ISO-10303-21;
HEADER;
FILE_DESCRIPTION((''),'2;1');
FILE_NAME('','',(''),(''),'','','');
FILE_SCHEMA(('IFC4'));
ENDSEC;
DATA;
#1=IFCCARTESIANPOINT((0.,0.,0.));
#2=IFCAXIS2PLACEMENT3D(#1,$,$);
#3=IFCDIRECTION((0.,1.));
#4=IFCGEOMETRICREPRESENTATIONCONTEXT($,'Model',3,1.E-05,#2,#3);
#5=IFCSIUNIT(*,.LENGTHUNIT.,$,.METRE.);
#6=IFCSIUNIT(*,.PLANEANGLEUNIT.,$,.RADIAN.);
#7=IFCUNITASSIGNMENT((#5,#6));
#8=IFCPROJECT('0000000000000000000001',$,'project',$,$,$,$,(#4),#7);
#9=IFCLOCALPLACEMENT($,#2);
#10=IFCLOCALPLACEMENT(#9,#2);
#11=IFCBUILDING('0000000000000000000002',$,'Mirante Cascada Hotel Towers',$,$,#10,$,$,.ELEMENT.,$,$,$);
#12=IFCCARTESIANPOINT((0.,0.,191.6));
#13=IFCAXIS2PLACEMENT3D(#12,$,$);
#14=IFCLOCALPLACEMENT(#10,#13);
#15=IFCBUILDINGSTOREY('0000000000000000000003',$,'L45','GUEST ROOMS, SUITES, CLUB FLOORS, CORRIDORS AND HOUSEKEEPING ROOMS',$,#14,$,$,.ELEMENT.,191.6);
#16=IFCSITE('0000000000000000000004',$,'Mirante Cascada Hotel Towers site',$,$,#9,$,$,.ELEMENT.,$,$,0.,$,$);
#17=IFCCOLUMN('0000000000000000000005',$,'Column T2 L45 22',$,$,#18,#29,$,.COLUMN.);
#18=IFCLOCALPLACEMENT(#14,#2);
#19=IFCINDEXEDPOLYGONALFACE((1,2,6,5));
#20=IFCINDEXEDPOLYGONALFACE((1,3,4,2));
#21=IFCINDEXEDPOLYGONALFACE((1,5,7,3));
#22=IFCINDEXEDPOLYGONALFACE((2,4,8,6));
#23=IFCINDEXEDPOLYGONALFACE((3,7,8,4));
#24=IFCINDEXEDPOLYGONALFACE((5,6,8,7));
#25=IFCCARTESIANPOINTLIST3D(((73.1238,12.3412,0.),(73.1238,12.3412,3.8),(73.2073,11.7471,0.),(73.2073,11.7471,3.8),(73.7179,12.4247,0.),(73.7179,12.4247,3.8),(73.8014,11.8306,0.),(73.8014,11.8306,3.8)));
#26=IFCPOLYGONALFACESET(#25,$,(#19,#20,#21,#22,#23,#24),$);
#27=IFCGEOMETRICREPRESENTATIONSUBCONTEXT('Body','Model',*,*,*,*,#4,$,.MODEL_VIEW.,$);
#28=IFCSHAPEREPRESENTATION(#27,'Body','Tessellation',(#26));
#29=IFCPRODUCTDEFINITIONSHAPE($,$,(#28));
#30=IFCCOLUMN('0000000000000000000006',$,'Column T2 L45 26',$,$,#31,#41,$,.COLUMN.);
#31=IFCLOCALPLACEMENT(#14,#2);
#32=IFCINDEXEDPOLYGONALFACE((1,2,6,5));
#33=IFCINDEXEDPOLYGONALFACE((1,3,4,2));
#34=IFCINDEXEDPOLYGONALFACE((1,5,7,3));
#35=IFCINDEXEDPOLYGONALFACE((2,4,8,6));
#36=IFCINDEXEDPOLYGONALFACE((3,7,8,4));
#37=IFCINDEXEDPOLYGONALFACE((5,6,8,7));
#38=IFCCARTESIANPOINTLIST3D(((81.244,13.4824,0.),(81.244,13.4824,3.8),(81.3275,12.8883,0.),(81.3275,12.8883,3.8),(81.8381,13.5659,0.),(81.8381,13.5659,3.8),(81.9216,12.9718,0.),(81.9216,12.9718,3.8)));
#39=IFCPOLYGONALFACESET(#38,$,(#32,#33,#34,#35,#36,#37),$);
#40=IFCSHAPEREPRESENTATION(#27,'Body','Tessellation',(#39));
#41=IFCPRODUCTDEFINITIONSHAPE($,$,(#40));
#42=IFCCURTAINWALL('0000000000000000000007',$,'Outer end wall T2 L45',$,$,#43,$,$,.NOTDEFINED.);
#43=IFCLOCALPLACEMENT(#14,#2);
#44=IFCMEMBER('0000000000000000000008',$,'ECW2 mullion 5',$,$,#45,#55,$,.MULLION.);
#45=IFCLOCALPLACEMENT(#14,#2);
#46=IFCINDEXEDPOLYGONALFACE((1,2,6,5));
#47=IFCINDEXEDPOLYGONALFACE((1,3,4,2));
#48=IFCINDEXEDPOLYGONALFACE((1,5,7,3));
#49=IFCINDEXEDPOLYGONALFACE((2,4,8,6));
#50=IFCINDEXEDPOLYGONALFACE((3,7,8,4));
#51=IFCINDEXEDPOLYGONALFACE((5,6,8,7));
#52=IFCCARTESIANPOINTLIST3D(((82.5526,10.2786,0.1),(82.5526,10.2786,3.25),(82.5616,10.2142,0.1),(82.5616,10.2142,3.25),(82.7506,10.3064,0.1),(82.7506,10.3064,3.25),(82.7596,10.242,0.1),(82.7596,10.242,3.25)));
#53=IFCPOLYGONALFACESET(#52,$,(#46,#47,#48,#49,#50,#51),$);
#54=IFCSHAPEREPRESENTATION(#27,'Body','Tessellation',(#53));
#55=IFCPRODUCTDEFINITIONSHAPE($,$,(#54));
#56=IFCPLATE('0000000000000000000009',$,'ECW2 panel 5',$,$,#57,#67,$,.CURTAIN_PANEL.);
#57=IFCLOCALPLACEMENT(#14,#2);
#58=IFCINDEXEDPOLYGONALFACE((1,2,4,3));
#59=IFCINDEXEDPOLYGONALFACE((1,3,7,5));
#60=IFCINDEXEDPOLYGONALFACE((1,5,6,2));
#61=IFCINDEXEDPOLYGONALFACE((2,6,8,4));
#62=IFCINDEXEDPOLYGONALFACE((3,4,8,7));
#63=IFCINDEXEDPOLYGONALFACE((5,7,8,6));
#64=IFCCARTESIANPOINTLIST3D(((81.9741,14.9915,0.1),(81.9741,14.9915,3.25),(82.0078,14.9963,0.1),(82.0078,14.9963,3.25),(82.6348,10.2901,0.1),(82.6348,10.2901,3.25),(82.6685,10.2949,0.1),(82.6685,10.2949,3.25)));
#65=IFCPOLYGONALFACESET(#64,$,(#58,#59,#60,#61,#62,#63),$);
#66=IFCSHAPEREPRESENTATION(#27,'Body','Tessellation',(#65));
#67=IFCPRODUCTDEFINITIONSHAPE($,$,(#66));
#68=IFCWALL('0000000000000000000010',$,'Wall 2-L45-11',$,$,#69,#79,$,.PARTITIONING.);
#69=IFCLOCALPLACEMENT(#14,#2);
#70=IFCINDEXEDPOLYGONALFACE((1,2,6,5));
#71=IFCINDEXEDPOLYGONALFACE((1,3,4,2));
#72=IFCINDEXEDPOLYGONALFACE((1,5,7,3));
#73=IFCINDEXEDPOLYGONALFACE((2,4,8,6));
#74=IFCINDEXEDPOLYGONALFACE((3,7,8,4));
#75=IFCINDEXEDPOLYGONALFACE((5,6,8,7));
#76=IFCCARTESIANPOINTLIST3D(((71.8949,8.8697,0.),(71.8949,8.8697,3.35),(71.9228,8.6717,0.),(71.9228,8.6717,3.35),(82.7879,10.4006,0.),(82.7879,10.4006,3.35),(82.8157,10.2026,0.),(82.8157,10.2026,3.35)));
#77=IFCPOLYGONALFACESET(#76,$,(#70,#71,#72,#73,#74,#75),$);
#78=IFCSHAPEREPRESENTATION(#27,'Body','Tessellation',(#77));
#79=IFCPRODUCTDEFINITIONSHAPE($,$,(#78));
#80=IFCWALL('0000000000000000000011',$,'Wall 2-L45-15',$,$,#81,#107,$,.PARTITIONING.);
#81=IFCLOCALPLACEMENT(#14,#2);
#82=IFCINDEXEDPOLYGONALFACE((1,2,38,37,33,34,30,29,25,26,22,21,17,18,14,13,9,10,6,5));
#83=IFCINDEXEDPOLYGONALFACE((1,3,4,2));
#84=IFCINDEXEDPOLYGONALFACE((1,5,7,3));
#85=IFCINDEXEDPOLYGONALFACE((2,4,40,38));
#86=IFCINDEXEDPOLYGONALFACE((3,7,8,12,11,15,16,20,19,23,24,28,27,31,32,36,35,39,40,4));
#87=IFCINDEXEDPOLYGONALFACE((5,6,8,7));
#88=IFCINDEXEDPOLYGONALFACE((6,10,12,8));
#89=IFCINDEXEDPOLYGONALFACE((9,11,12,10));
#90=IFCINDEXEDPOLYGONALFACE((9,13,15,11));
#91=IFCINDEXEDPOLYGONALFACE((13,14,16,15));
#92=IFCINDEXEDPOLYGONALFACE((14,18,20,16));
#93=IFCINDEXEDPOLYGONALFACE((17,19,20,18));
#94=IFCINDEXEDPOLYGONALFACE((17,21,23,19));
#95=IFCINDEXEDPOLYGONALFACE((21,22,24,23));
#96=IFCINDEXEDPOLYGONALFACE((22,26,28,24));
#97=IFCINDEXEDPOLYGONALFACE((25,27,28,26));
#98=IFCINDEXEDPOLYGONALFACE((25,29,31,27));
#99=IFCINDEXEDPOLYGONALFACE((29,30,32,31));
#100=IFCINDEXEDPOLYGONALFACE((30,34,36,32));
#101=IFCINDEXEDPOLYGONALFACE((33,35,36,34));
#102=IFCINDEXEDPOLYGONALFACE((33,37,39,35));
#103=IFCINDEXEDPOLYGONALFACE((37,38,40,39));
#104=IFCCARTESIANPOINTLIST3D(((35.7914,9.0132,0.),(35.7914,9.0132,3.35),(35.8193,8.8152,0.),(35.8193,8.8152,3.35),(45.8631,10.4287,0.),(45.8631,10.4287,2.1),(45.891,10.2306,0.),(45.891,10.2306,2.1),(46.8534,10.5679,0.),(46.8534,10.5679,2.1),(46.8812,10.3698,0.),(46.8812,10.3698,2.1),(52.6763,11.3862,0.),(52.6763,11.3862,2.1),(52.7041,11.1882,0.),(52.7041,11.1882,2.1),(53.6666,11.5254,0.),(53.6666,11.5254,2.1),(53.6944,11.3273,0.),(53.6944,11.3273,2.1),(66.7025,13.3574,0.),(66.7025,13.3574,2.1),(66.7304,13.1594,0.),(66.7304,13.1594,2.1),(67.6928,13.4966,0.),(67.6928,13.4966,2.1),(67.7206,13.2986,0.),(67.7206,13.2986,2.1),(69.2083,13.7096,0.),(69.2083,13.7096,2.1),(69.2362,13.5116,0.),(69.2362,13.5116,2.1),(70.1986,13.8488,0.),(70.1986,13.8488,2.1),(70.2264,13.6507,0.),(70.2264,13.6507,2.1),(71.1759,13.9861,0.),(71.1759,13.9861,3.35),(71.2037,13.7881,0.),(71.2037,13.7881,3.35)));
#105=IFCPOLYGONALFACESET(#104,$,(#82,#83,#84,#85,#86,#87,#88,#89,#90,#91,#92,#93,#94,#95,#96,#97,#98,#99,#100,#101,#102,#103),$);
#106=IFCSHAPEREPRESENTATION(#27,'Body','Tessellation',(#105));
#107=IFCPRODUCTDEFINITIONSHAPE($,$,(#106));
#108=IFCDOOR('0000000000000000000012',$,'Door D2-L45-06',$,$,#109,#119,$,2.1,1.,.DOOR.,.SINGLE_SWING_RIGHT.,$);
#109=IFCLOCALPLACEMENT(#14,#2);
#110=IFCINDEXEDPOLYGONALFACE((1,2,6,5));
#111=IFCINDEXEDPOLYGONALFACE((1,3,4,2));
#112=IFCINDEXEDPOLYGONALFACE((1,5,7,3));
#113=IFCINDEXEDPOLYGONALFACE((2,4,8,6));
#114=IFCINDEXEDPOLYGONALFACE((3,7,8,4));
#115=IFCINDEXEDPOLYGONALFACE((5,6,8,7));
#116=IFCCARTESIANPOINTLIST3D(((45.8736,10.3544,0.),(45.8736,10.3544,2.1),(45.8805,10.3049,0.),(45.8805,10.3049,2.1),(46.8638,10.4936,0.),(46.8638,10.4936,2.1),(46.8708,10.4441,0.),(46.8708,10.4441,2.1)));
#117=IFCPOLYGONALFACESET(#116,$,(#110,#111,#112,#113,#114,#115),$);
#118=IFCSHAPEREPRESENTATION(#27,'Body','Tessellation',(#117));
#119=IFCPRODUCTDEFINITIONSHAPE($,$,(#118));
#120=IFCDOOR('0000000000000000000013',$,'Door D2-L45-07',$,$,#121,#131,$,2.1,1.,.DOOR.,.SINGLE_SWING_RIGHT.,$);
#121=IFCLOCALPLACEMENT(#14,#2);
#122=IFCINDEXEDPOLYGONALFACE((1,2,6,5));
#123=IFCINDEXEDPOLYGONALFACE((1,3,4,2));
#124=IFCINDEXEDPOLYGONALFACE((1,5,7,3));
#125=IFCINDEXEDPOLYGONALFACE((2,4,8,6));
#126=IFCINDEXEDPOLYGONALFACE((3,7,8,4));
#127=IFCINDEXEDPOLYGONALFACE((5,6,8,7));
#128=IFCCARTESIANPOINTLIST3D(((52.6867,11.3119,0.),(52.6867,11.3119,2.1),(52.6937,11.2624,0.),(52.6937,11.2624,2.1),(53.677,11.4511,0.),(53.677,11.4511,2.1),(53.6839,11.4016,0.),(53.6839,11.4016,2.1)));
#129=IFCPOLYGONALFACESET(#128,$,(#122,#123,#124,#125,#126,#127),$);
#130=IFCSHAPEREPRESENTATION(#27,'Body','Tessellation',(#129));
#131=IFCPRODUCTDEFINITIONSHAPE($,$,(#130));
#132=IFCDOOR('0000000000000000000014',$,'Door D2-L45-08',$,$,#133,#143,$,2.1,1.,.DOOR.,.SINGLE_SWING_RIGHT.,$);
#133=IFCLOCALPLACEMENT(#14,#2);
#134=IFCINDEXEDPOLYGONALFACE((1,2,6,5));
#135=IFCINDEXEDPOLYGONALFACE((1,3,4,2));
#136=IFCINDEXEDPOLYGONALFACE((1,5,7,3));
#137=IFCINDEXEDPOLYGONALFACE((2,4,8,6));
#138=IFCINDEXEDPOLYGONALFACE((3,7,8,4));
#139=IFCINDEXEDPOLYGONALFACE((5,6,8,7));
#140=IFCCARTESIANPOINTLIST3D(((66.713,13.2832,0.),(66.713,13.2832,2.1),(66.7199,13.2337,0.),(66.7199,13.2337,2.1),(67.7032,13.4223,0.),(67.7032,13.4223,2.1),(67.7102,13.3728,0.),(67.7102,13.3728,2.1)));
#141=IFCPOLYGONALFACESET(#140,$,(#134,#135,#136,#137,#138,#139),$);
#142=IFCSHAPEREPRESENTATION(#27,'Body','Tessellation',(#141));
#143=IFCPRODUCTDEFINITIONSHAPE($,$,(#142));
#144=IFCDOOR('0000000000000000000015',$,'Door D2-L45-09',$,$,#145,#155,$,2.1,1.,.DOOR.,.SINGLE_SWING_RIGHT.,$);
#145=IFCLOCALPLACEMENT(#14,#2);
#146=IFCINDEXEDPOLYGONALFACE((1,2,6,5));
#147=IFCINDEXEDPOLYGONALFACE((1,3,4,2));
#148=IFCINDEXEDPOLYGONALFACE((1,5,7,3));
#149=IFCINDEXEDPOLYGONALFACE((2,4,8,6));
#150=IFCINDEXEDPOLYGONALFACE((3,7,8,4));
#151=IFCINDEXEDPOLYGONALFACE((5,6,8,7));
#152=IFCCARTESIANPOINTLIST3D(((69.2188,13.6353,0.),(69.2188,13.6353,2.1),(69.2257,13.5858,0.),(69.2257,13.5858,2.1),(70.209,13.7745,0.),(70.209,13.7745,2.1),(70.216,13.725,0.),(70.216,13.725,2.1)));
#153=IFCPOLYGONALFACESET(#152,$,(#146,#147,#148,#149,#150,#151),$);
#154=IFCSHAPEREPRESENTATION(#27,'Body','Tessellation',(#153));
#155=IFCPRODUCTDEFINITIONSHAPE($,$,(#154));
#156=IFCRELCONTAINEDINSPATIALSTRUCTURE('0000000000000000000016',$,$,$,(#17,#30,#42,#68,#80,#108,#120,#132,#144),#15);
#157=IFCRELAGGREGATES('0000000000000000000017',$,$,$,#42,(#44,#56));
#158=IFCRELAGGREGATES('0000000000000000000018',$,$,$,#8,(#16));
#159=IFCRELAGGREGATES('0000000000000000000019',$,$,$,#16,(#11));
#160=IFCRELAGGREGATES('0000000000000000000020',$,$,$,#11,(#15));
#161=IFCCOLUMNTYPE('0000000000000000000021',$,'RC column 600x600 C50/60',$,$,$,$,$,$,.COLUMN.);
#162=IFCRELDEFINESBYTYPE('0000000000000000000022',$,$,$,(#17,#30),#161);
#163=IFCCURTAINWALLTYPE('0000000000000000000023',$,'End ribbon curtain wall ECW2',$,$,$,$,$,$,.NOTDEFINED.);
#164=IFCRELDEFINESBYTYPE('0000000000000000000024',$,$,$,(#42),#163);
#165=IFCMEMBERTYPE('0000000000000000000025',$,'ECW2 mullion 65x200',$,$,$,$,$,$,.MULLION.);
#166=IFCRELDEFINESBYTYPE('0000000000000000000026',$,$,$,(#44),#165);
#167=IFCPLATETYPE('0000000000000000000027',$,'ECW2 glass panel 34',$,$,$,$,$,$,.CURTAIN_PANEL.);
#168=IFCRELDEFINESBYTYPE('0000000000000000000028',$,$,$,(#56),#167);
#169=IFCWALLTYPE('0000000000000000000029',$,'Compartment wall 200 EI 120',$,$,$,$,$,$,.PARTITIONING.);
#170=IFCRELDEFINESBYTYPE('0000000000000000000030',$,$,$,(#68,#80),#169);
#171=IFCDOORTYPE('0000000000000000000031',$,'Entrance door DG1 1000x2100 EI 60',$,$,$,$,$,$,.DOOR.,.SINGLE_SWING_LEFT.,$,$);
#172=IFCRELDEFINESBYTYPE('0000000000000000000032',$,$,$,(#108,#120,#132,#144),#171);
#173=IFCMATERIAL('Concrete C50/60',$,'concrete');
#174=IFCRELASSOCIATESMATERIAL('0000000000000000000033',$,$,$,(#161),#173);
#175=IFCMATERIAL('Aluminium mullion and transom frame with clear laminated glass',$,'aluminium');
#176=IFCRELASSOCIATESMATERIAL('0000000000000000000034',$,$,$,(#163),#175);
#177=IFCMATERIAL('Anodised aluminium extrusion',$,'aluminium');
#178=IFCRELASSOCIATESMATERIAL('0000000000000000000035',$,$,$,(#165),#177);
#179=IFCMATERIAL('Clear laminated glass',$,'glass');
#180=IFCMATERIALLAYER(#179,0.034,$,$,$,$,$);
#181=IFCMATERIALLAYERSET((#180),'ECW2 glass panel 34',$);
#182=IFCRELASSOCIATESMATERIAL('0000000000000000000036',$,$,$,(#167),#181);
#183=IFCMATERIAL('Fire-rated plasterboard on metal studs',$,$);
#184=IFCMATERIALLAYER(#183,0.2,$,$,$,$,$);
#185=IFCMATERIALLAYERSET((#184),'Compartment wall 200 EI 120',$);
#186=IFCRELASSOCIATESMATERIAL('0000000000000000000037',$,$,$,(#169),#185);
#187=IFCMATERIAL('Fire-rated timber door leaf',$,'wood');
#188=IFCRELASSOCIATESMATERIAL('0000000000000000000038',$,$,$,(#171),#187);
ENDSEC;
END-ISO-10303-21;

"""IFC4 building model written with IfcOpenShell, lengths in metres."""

from ifc_helpers import new_model, si_unit, direction, frame, frame_2d, origin, origin_2d, place, context, subcontext, project, spatial, rectangle, extrude, material, layer, layer_set, material_profile, profile_set, type_object, element, fill, aggregate, save


model = new_model("IFC4")

# Units and contexts
model_context = context("Model", 3, precision=1e-05, world=origin(), true_north=direction((0.0, 1.0)))
body_context = subcontext(model_context, "Body", "Model", "MODEL_VIEW")
ifc_project = project(units=[si_unit("LENGTHUNIT", "METRE"), si_unit("PLANEANGLEUNIT", "RADIAN")], contexts=[model_context])

# Site, building, storey
site_placement = place(None, origin())
site = spatial("IfcSite", under=ifc_project, at=site_placement, Name="Mirante Cascada Hotel Towers site", CompositionType="ELEMENT", RefElevation=0.0)
building_placement = place(site_placement, origin())
building = spatial("IfcBuilding", under=site, at=building_placement, Name="Mirante Cascada Hotel Towers", CompositionType="ELEMENT")
storey_placement = place(building_placement, frame((0.0, 0.0, 191.6)))
storey = spatial("IfcBuildingStorey", under=building, at=storey_placement, Name="L45", Description="GUEST ROOMS, SUITES, CLUB FLOORS, CORRIDORS AND HOUSEKEEPING ROOMS", CompositionType="ELEMENT", Elevation=191.6)

# Columns
ifc_material_1 = material(Name="Concrete C50/60", Category="concrete")
ifc_material_profile_1 = material_profile(ifc_material_1, rectangle(XDim=0.6, YDim=0.6, at=origin_2d()), Name="RC column 600x600 C50/60")
ifc_profile_set_1 = profile_set([ifc_material_profile_1], Name="Concrete C50/60")
column_type = type_object("IfcColumnType", Name="RC column 600x600 C50/60", PredefinedType="COLUMN", material=ifc_profile_set_1)
for number, where, z_axis, x_axis, name in (
    (1, (73.4626, 12.0859, 0.0), (0.0, 0.0, 1.0), (0.990268, 0.139173, 0.0), "Column T2 L45 22"),
    (2, (81.5828, 13.2271, 0.0), (0.0, 0.0, 1.0), (0.990268, 0.139173, 0.0), "Column T2 L45 26"),
):
    element("IfcColumn", number, at=place(storey_placement, frame(where, z_axis=z_axis, x_axis=x_axis)), inside=storey, type_object=column_type, Name=name, PredefinedType="COLUMN", context=body_context, shape_type="SweptSolid", body=[
        extrude(rectangle(XDim=0.6, YDim=0.6, at=origin_2d()), origin(), (0.0, 0.0, 1.0), 3.8),
    ])

# Curtain wall, member, plate
ifc_material_2 = material(Name="Aluminium mullion and transom frame with clear laminated glass", Category="aluminium")
curtain_wall_type = type_object("IfcCurtainWallType", Name="End ribbon curtain wall ECW2", PredefinedType="NOTDEFINED", material=ifc_material_2)
curtain_wall_placement = place(storey_placement, origin())
curtain_wall = element("IfcCurtainWall", 3, at=curtain_wall_placement, inside=storey, type_object=curtain_wall_type, Name="Outer end wall T2 L45", PredefinedType="NOTDEFINED")
ifc_material_3 = material(Name="Anodised aluminium extrusion", Category="aluminium")
ifc_material_profile_2 = material_profile(ifc_material_3, rectangle(XDim=0.2, YDim=0.065, at=origin_2d()), Name="ECW2 MULLION 65x200")
ifc_profile_set_2 = profile_set([ifc_material_profile_2], Name="Anodised aluminium extrusion")
member_type = type_object("IfcMemberType", Name="ECW2 mullion 65x200", PredefinedType="MULLION", material=ifc_profile_set_2)
member_placement = place(storey_placement, frame((82.6561, 10.2603, 0.1), z_axis=(0.0, 0.0, 1.0), x_axis=(-0.990268, -0.139173, 0.0)))
member = element("IfcMember", 4, at=member_placement, type_object=member_type, Name="ECW2 mullion 5", PredefinedType="MULLION", context=body_context, shape_type="SweptSolid", body=[
    extrude(rectangle(XDim=0.2, YDim=0.065, at=origin_2d()), origin(), (0.0, 0.0, 1.0), 3.15),
])
ifc_material_4 = material(Name="Clear laminated glass", Category="glass")
ifc_layer_1 = layer(ifc_material_4, 0.034)
ifc_layer_set_1 = layer_set([ifc_layer_1], Name="ECW2 glass panel 34")
plate_type = type_object("IfcPlateType", Name="ECW2 glass panel 34", PredefinedType="CURTAIN_PANEL", material=ifc_layer_set_1)
plate_placement = place(storey_placement, frame((82.3213, 12.6432, 0.1), z_axis=(0.0, 0.0, 1.0), x_axis=(-0.139173, 0.990268, 0.0)))
plate = element("IfcPlate", 5, at=plate_placement, type_object=plate_type, Name="ECW2 panel 5", PredefinedType="CURTAIN_PANEL", context=body_context, shape_type="SweptSolid", body=[
    extrude(rectangle(XDim=4.7476, YDim=0.034, at=origin_2d()), origin(), (0.0, 0.0, 1.0), 3.15),
])
aggregate(curtain_wall, [member, plate])

# Wall
ifc_material_5 = material(Name="Fire-rated plasterboard on metal studs")
ifc_layer_2 = layer(ifc_material_5, 0.2)
ifc_layer_set_2 = layer_set([ifc_layer_2], Name="Compartment wall 200 EI 120")
wall_type_1 = type_object("IfcWallType", Name="Compartment wall 200 EI 120", PredefinedType="PARTITIONING", material=ifc_layer_set_2)
wall_1_placement = place(storey_placement, frame((82.8018, 10.3016, 0.0), z_axis=(0.0, 0.0, 1.0), x_axis=(-0.990268, -0.139173, 0.0)))
element("IfcWall", 6, at=wall_1_placement, inside=storey, type_object=wall_type_1, Name="Wall 2-L45-11", PredefinedType="PARTITIONING", context=body_context, shape_type="SweptSolid", body=[
    extrude(rectangle(XDim=11.0, YDim=0.2, at=frame_2d((5.5, 0.0))), origin(), (0.0, 0.0, 1.0), 3.35),
])

# Wall, openings, doors
wall_2_placement = place(storey_placement, frame((71.1898, 13.8871, 0.0), z_axis=(0.0, 0.0, 1.0), x_axis=(-0.990268, -0.139171, 0.0)))
wall_2 = element("IfcWall", 7, at=wall_2_placement, inside=storey, type_object=wall_type_1, Name="Wall 2-L45-15", PredefinedType="PARTITIONING", context=body_context, shape_type="SweptSolid", body=[
    extrude(rectangle(XDim=35.7322, YDim=0.2, at=frame_2d((17.8661, 0.0))), origin(), (0.0, 0.0, 1.0), 3.35),
])
opening_1_placement = place(wall_2_placement, frame((24.5615, 0.0, 0.0)))
opening_1 = element("IfcOpeningElement", 8, at=opening_1_placement, cuts=wall_2, PredefinedType="OPENING", context=body_context, shape_type="SweptSolid", body=[
    extrude(rectangle(XDim=1.0, YDim=2.1, at=frame_2d((0.5, 1.05))), frame((0.0, 0.1, 0.0), z_axis=(0.0, -1.0, 0.0), x_axis=(1.0, 0.0, 0.0)), (0.0, 0.0, 1.0), 0.2),
])
opening_2_placement = place(wall_2_placement, frame((17.6814, 0.0, 0.0)))
opening_2 = element("IfcOpeningElement", 9, at=opening_2_placement, cuts=wall_2, PredefinedType="OPENING", context=body_context, shape_type="SweptSolid", body=[
    extrude(rectangle(XDim=1.0, YDim=2.1, at=frame_2d((0.5, 1.05))), frame((0.0, 0.1, 0.0), z_axis=(0.0, -1.0, 0.0), x_axis=(1.0, 0.0, 0.0)), (0.0, 0.0, 1.0), 0.2),
])
opening_3_placement = place(wall_2_placement, frame((3.5173, 0.0, 0.0)))
opening_3 = element("IfcOpeningElement", 10, at=opening_3_placement, cuts=wall_2, PredefinedType="OPENING", context=body_context, shape_type="SweptSolid", body=[
    extrude(rectangle(XDim=1.0, YDim=2.1, at=frame_2d((0.5, 1.05))), frame((0.0, 0.1, 0.0), z_axis=(0.0, -1.0, 0.0), x_axis=(1.0, 0.0, 0.0)), (0.0, 0.0, 1.0), 0.2),
])
opening_4_placement = place(wall_2_placement, frame((0.9869, 0.0, 0.0)))
opening_4 = element("IfcOpeningElement", 11, at=opening_4_placement, cuts=wall_2, PredefinedType="OPENING", context=body_context, shape_type="SweptSolid", body=[
    extrude(rectangle(XDim=1.0, YDim=2.1, at=frame_2d((0.5, 1.05))), frame((0.0, 0.1, 0.0), z_axis=(0.0, -1.0, 0.0), x_axis=(1.0, 0.0, 0.0)), (0.0, 0.0, 1.0), 0.2),
])
ifc_material_6 = material(Name="Fire-rated timber door leaf", Category="wood")
door_type_1 = type_object("IfcDoorType", Name="Entrance door DG1 1000x2100 EI 60", OperationType="SINGLE_SWING_LEFT", PredefinedType="DOOR", material=ifc_material_6)
door_1_placement = place(opening_1_placement, frame((1.0, 0.0, 0.0), z_axis=(0.0, 0.0, 1.0), x_axis=(-1.0, 0.0, 0.0)))
door_1 = element("IfcDoor", 12, at=door_1_placement, inside=storey, type_object=door_type_1, Name="Door D2-L45-06", OperationType="SINGLE_SWING_RIGHT", OverallHeight=2.1, OverallWidth=1.0, PredefinedType="DOOR", context=body_context, shape_type="SweptSolid", body=[
    extrude(rectangle(XDim=1.0, YDim=2.1, at=frame_2d((0.5, 1.05))), frame((0.0, 0.025, 0.0), z_axis=(0.0, -1.0, 0.0), x_axis=(1.0, 0.0, 0.0)), (0.0, 0.0, 1.0), 0.05),
])
fill(opening_1, door_1)
door_2_placement = place(opening_2_placement, frame((1.0, 0.0, 0.0), z_axis=(0.0, 0.0, 1.0), x_axis=(-1.0, 0.0, 0.0)))
door_2 = element("IfcDoor", 13, at=door_2_placement, inside=storey, type_object=door_type_1, Name="Door D2-L45-07", OperationType="SINGLE_SWING_RIGHT", OverallHeight=2.1, OverallWidth=1.0, PredefinedType="DOOR", context=body_context, shape_type="SweptSolid", body=[
    extrude(rectangle(XDim=1.0, YDim=2.1, at=frame_2d((0.5, 1.05))), frame((0.0, 0.025, 0.0), z_axis=(0.0, -1.0, 0.0), x_axis=(1.0, 0.0, 0.0)), (0.0, 0.0, 1.0), 0.05),
])
fill(opening_2, door_2)
door_3_placement = place(opening_3_placement, frame((1.0, 0.0, 0.0), z_axis=(0.0, 0.0, 1.0), x_axis=(-1.0, 0.0, 0.0)))
door_3 = element("IfcDoor", 14, at=door_3_placement, inside=storey, type_object=door_type_1, Name="Door D2-L45-08", OperationType="SINGLE_SWING_RIGHT", OverallHeight=2.1, OverallWidth=1.0, PredefinedType="DOOR", context=body_context, shape_type="SweptSolid", body=[
    extrude(rectangle(XDim=1.0, YDim=2.1, at=frame_2d((0.5, 1.05))), frame((0.0, 0.025, 0.0), z_axis=(0.0, -1.0, 0.0), x_axis=(1.0, 0.0, 0.0)), (0.0, 0.0, 1.0), 0.05),
])
fill(opening_3, door_3)
door_4_placement = place(opening_4_placement, frame((1.0, 0.0, 0.0), z_axis=(0.0, 0.0, 1.0), x_axis=(-1.0, 0.0, 0.0)))
door_4 = element("IfcDoor", 15, at=door_4_placement, inside=storey, type_object=door_type_1, Name="Door D2-L45-09", OperationType="SINGLE_SWING_RIGHT", OverallHeight=2.1, OverallWidth=1.0, PredefinedType="DOOR", context=body_context, shape_type="SweptSolid", body=[
    extrude(rectangle(XDim=1.0, YDim=2.1, at=frame_2d((0.5, 1.05))), frame((0.0, 0.025, 0.0), z_axis=(0.0, -1.0, 0.0), x_axis=(1.0, 0.0, 0.0)), (0.0, 0.0, 1.0), 0.05),
])
fill(opening_4, door_4)

save(model, "model.ifc")
